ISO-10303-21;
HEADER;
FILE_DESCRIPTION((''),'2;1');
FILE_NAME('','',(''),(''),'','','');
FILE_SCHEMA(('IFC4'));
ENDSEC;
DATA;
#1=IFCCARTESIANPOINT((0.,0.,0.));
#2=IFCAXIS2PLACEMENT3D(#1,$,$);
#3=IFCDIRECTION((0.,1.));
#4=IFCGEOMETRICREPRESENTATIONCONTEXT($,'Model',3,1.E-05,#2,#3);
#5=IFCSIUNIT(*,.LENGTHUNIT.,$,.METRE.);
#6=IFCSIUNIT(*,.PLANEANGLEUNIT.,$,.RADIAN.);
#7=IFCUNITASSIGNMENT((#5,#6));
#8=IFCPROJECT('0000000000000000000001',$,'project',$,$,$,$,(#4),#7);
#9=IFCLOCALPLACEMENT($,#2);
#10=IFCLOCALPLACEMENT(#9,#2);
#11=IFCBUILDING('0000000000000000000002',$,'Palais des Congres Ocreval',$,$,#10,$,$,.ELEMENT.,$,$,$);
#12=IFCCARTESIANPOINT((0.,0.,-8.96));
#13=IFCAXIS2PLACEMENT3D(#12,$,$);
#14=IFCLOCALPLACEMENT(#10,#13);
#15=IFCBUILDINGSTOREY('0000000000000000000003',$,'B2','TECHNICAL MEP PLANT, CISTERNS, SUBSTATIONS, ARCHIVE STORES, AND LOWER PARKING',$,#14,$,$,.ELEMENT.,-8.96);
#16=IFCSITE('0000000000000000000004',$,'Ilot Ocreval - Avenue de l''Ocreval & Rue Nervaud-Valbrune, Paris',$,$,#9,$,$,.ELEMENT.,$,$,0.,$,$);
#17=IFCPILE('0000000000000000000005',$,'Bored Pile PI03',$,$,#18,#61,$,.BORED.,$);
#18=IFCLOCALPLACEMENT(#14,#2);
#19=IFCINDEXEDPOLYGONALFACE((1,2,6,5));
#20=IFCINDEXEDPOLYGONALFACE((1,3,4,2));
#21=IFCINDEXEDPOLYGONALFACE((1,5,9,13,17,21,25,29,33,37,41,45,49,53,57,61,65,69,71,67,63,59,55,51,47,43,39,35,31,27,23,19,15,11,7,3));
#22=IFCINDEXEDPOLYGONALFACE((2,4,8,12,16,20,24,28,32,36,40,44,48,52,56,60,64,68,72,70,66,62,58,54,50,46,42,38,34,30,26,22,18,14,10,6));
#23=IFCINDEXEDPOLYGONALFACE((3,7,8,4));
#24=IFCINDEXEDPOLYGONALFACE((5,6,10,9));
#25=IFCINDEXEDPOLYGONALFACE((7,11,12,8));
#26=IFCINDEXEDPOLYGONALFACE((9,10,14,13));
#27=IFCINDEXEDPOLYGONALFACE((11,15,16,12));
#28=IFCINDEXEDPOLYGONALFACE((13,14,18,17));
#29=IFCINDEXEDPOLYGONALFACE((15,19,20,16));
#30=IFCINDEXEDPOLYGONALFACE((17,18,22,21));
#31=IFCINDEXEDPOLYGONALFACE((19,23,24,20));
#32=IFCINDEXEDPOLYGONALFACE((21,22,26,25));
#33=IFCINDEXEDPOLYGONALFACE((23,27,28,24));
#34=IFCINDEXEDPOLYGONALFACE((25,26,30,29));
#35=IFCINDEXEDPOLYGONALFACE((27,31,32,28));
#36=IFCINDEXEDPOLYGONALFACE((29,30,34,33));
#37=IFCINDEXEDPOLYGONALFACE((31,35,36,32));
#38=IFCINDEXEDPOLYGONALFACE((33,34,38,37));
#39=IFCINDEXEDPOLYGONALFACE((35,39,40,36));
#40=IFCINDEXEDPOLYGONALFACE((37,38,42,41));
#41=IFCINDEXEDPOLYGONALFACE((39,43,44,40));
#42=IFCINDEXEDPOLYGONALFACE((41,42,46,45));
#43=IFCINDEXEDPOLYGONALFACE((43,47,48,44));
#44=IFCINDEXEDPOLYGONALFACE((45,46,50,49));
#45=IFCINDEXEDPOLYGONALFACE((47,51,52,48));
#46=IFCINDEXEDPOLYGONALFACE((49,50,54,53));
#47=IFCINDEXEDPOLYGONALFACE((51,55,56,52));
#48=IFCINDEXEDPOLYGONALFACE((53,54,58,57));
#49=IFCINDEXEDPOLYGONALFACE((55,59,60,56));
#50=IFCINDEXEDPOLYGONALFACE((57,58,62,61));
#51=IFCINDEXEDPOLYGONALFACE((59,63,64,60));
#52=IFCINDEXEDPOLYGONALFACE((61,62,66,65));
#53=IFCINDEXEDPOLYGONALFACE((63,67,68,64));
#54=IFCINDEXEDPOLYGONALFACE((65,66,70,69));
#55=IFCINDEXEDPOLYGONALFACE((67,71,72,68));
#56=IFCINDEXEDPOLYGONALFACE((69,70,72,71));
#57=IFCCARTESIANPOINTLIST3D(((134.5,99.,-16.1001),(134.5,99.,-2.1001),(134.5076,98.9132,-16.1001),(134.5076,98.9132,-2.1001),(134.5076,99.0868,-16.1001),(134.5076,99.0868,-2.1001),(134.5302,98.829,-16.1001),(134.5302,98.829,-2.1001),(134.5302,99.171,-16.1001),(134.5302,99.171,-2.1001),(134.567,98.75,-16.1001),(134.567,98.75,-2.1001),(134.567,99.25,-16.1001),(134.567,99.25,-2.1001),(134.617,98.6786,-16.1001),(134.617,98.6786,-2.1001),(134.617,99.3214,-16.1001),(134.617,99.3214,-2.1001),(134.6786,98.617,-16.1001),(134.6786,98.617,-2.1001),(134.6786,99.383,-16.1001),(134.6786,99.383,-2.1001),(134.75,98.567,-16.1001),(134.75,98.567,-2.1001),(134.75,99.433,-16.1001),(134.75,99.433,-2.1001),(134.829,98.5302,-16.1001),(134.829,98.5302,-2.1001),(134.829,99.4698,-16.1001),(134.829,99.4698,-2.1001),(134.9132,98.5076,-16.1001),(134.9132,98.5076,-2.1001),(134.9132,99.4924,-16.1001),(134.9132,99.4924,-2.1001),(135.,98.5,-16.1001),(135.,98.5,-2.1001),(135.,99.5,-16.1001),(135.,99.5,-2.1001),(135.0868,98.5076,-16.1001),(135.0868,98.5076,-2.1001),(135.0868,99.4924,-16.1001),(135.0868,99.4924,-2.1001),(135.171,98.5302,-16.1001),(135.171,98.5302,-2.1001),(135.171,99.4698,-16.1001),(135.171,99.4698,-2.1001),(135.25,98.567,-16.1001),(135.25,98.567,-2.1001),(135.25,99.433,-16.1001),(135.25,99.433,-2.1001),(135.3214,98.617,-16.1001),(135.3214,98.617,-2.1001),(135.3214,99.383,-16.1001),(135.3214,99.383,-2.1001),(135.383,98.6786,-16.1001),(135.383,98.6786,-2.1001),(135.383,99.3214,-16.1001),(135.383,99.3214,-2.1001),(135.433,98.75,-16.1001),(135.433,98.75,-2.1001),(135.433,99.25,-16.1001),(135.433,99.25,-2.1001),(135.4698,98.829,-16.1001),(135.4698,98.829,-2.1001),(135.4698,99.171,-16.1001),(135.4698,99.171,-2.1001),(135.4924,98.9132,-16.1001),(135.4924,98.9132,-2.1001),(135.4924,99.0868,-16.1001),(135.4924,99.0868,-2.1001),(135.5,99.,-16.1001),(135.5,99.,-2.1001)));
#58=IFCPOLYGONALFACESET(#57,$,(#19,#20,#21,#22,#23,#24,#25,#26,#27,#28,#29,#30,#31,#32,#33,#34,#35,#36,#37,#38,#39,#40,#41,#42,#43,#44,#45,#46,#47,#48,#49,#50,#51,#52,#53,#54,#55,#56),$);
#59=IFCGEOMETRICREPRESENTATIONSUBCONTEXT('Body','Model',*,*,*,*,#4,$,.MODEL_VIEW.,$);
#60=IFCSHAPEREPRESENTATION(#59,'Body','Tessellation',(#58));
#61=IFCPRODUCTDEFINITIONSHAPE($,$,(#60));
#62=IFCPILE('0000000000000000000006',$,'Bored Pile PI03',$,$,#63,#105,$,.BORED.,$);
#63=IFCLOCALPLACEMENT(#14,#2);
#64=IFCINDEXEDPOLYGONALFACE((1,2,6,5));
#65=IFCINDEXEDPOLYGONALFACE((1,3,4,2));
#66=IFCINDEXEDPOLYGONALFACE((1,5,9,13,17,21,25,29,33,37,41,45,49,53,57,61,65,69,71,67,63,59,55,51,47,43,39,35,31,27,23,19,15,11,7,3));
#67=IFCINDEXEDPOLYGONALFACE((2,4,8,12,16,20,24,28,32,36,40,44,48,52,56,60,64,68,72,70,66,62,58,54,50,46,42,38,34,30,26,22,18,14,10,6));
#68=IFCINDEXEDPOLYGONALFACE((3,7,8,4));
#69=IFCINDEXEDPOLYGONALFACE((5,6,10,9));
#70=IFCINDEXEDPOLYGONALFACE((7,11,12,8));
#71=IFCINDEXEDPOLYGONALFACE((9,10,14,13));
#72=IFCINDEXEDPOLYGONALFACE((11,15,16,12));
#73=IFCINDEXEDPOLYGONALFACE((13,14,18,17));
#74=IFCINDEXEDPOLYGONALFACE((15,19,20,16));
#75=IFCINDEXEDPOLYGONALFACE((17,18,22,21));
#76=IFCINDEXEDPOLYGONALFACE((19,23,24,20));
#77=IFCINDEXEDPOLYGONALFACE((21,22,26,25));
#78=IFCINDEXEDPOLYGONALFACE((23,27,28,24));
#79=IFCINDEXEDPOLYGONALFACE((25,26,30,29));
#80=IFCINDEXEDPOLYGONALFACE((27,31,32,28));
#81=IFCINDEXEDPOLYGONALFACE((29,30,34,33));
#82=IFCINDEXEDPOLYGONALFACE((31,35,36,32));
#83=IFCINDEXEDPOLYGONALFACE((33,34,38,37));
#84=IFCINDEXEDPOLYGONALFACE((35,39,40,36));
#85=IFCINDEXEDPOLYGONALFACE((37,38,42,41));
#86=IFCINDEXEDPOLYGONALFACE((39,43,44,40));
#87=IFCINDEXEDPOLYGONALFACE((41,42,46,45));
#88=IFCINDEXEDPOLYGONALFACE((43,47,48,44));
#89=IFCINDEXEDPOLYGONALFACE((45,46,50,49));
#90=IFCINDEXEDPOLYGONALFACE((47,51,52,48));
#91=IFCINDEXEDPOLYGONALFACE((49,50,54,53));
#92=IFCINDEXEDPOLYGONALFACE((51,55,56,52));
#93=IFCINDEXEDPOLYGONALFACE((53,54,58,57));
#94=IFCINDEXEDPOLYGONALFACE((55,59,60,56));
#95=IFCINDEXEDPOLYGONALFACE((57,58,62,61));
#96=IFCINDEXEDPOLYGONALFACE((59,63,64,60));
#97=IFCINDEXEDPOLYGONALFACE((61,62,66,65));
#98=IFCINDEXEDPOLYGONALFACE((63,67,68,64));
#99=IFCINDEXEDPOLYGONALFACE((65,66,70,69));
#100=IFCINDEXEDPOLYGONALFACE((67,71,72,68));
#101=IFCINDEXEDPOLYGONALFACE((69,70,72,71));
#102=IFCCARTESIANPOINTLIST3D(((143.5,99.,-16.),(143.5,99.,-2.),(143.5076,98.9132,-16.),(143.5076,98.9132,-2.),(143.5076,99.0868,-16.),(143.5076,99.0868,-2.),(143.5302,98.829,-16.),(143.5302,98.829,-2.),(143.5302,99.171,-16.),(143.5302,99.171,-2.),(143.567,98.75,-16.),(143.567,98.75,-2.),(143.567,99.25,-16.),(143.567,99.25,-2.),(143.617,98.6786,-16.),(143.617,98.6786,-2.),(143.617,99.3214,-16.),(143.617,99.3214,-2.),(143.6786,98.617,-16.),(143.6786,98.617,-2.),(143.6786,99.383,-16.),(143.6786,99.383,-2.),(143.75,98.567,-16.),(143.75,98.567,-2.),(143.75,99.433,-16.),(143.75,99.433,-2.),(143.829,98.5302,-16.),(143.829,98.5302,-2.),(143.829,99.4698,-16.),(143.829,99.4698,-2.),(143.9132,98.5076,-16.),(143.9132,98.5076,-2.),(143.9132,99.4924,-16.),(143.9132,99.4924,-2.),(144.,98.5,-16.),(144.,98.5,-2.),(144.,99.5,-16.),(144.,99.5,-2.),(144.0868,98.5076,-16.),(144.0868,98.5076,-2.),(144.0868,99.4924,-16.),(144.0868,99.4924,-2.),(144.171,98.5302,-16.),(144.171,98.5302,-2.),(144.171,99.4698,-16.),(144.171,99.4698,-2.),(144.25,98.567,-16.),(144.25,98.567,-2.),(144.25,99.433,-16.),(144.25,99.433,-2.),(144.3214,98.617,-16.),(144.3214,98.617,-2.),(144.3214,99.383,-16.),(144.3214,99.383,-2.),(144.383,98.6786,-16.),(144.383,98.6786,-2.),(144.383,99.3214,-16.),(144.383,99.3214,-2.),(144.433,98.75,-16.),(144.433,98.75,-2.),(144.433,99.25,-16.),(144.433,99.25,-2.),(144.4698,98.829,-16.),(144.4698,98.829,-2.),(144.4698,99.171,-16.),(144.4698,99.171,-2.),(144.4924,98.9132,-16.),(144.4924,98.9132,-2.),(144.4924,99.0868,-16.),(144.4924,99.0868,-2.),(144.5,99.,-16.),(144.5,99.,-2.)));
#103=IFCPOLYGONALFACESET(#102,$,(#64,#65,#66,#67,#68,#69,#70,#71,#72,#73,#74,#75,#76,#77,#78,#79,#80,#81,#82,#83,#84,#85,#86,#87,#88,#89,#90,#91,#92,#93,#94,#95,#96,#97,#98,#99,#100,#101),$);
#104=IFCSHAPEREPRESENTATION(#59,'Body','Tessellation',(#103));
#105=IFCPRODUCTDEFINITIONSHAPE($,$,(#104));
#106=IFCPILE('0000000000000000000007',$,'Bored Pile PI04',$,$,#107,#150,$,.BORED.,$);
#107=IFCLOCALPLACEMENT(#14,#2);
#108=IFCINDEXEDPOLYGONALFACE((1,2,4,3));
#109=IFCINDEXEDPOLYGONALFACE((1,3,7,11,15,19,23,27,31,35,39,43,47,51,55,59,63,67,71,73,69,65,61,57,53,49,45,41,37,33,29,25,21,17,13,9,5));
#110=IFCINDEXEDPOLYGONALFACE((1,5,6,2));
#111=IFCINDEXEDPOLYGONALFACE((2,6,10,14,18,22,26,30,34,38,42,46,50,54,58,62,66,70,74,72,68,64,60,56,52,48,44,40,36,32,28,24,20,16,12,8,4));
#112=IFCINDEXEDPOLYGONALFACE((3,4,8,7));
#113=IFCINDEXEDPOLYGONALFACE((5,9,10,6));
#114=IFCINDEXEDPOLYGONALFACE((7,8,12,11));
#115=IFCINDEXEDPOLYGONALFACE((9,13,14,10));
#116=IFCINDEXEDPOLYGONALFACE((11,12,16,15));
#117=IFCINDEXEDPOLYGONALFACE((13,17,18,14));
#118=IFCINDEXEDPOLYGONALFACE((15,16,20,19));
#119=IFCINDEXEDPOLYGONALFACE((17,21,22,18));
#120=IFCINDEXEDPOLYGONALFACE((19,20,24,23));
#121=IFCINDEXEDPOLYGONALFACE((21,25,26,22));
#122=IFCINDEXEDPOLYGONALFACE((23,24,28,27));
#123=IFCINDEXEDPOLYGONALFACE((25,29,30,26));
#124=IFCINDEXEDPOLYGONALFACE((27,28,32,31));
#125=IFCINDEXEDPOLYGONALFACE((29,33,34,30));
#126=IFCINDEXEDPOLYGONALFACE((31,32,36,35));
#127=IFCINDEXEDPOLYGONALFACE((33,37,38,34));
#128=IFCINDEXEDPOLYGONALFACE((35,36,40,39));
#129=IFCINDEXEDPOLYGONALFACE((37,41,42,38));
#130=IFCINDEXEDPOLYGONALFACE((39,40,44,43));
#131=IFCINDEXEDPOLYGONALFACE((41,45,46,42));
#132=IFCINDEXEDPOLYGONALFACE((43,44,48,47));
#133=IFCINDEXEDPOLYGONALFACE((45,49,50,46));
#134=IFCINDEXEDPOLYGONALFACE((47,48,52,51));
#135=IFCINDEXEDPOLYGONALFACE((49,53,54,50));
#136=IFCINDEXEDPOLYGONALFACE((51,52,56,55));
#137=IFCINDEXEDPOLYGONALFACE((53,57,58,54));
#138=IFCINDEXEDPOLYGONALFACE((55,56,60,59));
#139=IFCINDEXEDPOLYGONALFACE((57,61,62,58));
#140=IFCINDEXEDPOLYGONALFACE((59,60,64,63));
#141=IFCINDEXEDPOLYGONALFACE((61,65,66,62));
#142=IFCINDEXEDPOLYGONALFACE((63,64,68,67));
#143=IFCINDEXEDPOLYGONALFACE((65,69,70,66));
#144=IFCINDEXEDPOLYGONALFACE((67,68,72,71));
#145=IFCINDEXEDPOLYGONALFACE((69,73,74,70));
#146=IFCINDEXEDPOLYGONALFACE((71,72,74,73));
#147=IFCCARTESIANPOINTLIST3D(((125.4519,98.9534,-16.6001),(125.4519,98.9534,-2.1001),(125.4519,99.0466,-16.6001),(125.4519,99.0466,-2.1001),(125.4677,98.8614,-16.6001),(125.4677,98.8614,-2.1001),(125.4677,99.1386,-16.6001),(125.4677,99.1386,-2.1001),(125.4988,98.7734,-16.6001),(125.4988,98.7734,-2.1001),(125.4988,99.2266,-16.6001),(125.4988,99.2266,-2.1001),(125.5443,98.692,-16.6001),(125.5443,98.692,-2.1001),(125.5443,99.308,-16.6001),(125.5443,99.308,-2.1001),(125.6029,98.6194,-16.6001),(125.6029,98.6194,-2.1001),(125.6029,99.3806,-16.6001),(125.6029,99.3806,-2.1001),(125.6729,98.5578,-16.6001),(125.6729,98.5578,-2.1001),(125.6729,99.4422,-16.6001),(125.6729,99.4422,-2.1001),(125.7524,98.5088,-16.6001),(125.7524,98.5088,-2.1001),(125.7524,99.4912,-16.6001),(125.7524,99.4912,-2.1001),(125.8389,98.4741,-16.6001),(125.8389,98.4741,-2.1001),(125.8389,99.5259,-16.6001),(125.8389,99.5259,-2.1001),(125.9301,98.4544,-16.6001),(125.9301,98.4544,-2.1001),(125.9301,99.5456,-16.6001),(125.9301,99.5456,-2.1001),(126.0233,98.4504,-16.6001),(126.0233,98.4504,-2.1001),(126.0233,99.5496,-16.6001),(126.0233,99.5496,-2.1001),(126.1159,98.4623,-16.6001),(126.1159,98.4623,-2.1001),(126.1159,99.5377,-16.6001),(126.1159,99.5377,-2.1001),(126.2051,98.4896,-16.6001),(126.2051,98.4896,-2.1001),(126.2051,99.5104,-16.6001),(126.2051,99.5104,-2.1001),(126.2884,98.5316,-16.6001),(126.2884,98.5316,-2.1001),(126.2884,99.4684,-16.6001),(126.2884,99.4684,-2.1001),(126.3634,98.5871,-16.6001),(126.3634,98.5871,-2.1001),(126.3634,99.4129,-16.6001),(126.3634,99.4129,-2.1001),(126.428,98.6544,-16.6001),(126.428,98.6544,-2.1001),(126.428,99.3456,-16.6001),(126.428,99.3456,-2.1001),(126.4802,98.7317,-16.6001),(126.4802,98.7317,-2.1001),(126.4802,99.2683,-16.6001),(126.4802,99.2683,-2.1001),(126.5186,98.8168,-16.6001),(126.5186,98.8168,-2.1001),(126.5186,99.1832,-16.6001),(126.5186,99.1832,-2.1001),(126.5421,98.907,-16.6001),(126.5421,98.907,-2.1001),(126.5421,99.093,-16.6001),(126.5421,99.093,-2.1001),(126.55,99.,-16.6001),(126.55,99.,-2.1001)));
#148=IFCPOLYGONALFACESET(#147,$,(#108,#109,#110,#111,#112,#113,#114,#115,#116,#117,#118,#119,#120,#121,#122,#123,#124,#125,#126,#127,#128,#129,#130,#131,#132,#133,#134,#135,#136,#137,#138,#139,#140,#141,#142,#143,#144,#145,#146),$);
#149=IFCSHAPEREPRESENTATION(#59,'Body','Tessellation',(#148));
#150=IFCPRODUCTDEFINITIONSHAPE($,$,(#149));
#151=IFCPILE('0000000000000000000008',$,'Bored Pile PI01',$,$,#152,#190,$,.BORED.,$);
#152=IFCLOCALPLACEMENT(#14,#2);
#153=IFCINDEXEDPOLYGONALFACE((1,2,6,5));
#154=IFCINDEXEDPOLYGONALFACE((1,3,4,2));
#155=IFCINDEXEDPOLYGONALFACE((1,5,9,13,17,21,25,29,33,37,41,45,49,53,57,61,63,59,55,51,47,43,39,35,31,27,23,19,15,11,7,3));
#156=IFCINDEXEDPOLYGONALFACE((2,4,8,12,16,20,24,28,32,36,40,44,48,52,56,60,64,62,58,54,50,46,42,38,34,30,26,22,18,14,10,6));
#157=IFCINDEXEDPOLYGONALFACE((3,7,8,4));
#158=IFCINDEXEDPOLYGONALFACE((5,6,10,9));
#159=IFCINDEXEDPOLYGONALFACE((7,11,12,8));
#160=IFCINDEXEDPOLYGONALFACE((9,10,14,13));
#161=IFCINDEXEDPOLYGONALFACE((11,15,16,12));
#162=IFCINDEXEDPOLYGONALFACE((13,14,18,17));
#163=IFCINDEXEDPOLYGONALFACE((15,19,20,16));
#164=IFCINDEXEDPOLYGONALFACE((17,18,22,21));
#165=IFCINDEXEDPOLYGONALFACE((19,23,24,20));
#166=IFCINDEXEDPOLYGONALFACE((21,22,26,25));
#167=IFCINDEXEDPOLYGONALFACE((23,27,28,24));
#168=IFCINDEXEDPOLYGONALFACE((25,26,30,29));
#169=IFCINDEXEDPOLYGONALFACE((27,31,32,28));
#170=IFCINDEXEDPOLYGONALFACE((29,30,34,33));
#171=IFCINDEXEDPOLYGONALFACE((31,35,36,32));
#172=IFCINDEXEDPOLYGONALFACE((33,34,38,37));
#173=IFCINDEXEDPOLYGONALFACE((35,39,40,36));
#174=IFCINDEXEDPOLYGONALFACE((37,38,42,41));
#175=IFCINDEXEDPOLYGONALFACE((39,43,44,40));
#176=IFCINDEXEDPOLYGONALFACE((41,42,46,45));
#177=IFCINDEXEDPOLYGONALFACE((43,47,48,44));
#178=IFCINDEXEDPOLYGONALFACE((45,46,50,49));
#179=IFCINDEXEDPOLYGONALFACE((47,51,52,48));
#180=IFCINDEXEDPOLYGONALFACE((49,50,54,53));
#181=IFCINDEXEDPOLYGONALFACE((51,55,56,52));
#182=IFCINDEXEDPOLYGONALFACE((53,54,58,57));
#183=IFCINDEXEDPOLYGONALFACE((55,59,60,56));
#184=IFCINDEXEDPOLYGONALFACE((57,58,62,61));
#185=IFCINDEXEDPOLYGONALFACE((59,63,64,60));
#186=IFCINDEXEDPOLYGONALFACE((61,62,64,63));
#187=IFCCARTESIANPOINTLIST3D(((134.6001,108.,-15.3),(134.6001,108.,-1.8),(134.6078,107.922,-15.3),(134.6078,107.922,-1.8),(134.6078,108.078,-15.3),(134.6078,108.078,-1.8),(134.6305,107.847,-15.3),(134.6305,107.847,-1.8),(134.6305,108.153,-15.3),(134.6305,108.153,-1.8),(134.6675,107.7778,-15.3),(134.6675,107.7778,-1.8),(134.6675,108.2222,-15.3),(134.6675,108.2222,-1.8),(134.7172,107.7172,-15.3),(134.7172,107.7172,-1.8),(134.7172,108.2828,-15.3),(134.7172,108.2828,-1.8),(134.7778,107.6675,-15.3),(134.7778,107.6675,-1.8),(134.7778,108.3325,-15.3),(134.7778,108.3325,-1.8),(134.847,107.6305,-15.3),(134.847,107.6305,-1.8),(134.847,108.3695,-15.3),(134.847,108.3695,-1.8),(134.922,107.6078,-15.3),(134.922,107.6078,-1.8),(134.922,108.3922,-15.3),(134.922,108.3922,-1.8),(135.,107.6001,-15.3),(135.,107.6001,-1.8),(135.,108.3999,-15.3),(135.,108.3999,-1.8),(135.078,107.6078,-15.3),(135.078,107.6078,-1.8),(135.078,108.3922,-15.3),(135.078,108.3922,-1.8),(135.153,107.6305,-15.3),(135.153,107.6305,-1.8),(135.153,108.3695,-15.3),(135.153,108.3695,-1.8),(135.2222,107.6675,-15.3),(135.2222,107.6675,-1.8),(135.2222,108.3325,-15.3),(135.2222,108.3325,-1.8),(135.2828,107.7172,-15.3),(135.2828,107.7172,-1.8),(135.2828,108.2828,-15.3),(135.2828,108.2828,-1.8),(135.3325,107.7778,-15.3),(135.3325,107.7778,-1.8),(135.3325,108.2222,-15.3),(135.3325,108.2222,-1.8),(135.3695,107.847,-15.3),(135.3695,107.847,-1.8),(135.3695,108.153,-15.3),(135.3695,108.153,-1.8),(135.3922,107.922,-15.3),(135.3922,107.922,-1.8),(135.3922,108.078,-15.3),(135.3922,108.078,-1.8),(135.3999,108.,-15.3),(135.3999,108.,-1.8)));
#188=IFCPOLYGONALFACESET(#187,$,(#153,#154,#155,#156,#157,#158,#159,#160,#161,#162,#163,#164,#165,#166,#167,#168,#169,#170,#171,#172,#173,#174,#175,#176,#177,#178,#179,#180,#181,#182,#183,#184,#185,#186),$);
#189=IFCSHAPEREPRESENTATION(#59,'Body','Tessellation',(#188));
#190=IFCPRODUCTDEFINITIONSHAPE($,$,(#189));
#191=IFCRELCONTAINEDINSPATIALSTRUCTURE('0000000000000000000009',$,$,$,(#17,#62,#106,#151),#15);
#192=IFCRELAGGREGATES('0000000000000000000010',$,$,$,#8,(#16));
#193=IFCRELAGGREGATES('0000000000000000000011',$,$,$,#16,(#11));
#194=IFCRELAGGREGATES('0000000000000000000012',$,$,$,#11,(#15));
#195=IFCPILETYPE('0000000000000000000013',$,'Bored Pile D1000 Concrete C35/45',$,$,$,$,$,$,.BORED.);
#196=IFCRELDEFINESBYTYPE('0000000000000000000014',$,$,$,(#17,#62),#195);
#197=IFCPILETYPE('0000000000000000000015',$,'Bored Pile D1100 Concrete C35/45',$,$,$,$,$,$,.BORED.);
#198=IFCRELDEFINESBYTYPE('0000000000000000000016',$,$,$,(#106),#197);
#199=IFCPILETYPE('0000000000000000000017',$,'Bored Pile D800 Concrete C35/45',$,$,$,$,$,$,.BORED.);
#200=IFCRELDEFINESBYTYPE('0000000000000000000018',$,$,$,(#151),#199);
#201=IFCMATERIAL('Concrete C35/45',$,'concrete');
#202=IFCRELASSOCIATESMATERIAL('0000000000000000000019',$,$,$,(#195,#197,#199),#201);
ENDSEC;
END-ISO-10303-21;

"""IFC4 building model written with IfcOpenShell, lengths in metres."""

from ifc_helpers import new_model, si_unit, direction, frame, origin, origin_2d, place, context, subcontext, project, spatial, circle, extrude, material, material_profile, profile_set, type_object, element, save


model = new_model("IFC4")

# Units and contexts
model_context = context("Model", 3, precision=1e-05, world=origin(), true_north=direction((0.0, 1.0)))
body_context = subcontext(model_context, "Body", "Model", "MODEL_VIEW")
ifc_project = project(units=[si_unit("LENGTHUNIT", "METRE"), si_unit("PLANEANGLEUNIT", "RADIAN")], contexts=[model_context])

# Site, building, storey
site_placement = place(None, origin())
site = spatial("IfcSite", under=ifc_project, at=site_placement, Name="Ilot Ocreval - Avenue de l'Ocreval & Rue Nervaud-Valbrune, Paris", CompositionType="ELEMENT", RefElevation=0.0)
building_placement = place(site_placement, origin())
building = spatial("IfcBuilding", under=site, at=building_placement, Name="Palais des Congres Ocreval", CompositionType="ELEMENT")
storey_placement = place(building_placement, frame((0.0, 0.0, -8.96)))
storey = spatial("IfcBuildingStorey", under=building, at=storey_placement, Name="B2", Description="TECHNICAL MEP PLANT, CISTERNS, SUBSTATIONS, ARCHIVE STORES, AND LOWER PARKING", CompositionType="ELEMENT", Elevation=-8.96)

# Piles
ifc_material_1 = material(Name="Concrete C35/45", Category="concrete")
ifc_material_profile_1 = material_profile(ifc_material_1, circle(Radius=0.5, at=origin_2d()), Name="BORED PILE 1000")
ifc_profile_set_1 = profile_set([ifc_material_profile_1], Name="Concrete C35/45")
pile_type_1 = type_object("IfcPileType", Name="Bored Pile D1000 Concrete C35/45", PredefinedType="BORED", material=ifc_profile_set_1)
for number, where, z_axis, x_axis, name in (
    (1, (135.0, 99.0, -2.1001), (0.0, 0.0, -1.0), (1.0, 0.0, 0.0), "Bored Pile PI03"),
    (2, (144.0, 99.0, -2.0), (0.0, 0.0, -1.0), (1.0, 0.0, 0.0), "Bored Pile PI03"),
):
    element("IfcPile", number, at=place(storey_placement, frame(where, z_axis=z_axis, x_axis=x_axis)), inside=storey, type_object=pile_type_1, Name=name, PredefinedType="BORED", context=body_context, shape_type="SweptSolid", body=[
        extrude(circle(Radius=0.5, at=origin_2d()), origin(), (0.0, 0.0, 1.0), 14.0),
    ])
ifc_material_profile_2 = material_profile(ifc_material_1, circle(Radius=0.55, at=origin_2d()), Name="BORED PILE 1100")
ifc_profile_set_2 = profile_set([ifc_material_profile_2], Name="Concrete C35/45")
pile_type_2 = type_object("IfcPileType", Name="Bored Pile D1100 Concrete C35/45", PredefinedType="BORED", material=ifc_profile_set_2)
pile_1_placement = place(storey_placement, frame((126.0, 99.0, -2.1001), z_axis=(0.0, 0.0, -1.0), x_axis=(1.0, 0.0, 0.0)))
element("IfcPile", 3, at=pile_1_placement, inside=storey, type_object=pile_type_2, Name="Bored Pile PI04", PredefinedType="BORED", context=body_context, shape_type="SweptSolid", body=[
    extrude(circle(Radius=0.55, at=origin_2d()), origin(), (0.0, 0.0, 1.0), 14.5),
])
ifc_material_profile_3 = material_profile(ifc_material_1, circle(Radius=0.3999, at=origin_2d()), Name="BORED PILE 800")
ifc_profile_set_3 = profile_set([ifc_material_profile_3], Name="Concrete C35/45")
pile_type_3 = type_object("IfcPileType", Name="Bored Pile D800 Concrete C35/45", PredefinedType="BORED", material=ifc_profile_set_3)
pile_2_placement = place(storey_placement, frame((135.0, 108.0, -1.8), z_axis=(0.0, 0.0, -1.0), x_axis=(1.0, 0.0, 0.0)))
element("IfcPile", 4, at=pile_2_placement, inside=storey, type_object=pile_type_3, Name="Bored Pile PI01", PredefinedType="BORED", context=body_context, shape_type="SweptSolid", body=[
    extrude(circle(Radius=0.3999, at=origin_2d()), origin(), (0.0, 0.0, 1.0), 13.5),
])

save(model, "model.ifc")
